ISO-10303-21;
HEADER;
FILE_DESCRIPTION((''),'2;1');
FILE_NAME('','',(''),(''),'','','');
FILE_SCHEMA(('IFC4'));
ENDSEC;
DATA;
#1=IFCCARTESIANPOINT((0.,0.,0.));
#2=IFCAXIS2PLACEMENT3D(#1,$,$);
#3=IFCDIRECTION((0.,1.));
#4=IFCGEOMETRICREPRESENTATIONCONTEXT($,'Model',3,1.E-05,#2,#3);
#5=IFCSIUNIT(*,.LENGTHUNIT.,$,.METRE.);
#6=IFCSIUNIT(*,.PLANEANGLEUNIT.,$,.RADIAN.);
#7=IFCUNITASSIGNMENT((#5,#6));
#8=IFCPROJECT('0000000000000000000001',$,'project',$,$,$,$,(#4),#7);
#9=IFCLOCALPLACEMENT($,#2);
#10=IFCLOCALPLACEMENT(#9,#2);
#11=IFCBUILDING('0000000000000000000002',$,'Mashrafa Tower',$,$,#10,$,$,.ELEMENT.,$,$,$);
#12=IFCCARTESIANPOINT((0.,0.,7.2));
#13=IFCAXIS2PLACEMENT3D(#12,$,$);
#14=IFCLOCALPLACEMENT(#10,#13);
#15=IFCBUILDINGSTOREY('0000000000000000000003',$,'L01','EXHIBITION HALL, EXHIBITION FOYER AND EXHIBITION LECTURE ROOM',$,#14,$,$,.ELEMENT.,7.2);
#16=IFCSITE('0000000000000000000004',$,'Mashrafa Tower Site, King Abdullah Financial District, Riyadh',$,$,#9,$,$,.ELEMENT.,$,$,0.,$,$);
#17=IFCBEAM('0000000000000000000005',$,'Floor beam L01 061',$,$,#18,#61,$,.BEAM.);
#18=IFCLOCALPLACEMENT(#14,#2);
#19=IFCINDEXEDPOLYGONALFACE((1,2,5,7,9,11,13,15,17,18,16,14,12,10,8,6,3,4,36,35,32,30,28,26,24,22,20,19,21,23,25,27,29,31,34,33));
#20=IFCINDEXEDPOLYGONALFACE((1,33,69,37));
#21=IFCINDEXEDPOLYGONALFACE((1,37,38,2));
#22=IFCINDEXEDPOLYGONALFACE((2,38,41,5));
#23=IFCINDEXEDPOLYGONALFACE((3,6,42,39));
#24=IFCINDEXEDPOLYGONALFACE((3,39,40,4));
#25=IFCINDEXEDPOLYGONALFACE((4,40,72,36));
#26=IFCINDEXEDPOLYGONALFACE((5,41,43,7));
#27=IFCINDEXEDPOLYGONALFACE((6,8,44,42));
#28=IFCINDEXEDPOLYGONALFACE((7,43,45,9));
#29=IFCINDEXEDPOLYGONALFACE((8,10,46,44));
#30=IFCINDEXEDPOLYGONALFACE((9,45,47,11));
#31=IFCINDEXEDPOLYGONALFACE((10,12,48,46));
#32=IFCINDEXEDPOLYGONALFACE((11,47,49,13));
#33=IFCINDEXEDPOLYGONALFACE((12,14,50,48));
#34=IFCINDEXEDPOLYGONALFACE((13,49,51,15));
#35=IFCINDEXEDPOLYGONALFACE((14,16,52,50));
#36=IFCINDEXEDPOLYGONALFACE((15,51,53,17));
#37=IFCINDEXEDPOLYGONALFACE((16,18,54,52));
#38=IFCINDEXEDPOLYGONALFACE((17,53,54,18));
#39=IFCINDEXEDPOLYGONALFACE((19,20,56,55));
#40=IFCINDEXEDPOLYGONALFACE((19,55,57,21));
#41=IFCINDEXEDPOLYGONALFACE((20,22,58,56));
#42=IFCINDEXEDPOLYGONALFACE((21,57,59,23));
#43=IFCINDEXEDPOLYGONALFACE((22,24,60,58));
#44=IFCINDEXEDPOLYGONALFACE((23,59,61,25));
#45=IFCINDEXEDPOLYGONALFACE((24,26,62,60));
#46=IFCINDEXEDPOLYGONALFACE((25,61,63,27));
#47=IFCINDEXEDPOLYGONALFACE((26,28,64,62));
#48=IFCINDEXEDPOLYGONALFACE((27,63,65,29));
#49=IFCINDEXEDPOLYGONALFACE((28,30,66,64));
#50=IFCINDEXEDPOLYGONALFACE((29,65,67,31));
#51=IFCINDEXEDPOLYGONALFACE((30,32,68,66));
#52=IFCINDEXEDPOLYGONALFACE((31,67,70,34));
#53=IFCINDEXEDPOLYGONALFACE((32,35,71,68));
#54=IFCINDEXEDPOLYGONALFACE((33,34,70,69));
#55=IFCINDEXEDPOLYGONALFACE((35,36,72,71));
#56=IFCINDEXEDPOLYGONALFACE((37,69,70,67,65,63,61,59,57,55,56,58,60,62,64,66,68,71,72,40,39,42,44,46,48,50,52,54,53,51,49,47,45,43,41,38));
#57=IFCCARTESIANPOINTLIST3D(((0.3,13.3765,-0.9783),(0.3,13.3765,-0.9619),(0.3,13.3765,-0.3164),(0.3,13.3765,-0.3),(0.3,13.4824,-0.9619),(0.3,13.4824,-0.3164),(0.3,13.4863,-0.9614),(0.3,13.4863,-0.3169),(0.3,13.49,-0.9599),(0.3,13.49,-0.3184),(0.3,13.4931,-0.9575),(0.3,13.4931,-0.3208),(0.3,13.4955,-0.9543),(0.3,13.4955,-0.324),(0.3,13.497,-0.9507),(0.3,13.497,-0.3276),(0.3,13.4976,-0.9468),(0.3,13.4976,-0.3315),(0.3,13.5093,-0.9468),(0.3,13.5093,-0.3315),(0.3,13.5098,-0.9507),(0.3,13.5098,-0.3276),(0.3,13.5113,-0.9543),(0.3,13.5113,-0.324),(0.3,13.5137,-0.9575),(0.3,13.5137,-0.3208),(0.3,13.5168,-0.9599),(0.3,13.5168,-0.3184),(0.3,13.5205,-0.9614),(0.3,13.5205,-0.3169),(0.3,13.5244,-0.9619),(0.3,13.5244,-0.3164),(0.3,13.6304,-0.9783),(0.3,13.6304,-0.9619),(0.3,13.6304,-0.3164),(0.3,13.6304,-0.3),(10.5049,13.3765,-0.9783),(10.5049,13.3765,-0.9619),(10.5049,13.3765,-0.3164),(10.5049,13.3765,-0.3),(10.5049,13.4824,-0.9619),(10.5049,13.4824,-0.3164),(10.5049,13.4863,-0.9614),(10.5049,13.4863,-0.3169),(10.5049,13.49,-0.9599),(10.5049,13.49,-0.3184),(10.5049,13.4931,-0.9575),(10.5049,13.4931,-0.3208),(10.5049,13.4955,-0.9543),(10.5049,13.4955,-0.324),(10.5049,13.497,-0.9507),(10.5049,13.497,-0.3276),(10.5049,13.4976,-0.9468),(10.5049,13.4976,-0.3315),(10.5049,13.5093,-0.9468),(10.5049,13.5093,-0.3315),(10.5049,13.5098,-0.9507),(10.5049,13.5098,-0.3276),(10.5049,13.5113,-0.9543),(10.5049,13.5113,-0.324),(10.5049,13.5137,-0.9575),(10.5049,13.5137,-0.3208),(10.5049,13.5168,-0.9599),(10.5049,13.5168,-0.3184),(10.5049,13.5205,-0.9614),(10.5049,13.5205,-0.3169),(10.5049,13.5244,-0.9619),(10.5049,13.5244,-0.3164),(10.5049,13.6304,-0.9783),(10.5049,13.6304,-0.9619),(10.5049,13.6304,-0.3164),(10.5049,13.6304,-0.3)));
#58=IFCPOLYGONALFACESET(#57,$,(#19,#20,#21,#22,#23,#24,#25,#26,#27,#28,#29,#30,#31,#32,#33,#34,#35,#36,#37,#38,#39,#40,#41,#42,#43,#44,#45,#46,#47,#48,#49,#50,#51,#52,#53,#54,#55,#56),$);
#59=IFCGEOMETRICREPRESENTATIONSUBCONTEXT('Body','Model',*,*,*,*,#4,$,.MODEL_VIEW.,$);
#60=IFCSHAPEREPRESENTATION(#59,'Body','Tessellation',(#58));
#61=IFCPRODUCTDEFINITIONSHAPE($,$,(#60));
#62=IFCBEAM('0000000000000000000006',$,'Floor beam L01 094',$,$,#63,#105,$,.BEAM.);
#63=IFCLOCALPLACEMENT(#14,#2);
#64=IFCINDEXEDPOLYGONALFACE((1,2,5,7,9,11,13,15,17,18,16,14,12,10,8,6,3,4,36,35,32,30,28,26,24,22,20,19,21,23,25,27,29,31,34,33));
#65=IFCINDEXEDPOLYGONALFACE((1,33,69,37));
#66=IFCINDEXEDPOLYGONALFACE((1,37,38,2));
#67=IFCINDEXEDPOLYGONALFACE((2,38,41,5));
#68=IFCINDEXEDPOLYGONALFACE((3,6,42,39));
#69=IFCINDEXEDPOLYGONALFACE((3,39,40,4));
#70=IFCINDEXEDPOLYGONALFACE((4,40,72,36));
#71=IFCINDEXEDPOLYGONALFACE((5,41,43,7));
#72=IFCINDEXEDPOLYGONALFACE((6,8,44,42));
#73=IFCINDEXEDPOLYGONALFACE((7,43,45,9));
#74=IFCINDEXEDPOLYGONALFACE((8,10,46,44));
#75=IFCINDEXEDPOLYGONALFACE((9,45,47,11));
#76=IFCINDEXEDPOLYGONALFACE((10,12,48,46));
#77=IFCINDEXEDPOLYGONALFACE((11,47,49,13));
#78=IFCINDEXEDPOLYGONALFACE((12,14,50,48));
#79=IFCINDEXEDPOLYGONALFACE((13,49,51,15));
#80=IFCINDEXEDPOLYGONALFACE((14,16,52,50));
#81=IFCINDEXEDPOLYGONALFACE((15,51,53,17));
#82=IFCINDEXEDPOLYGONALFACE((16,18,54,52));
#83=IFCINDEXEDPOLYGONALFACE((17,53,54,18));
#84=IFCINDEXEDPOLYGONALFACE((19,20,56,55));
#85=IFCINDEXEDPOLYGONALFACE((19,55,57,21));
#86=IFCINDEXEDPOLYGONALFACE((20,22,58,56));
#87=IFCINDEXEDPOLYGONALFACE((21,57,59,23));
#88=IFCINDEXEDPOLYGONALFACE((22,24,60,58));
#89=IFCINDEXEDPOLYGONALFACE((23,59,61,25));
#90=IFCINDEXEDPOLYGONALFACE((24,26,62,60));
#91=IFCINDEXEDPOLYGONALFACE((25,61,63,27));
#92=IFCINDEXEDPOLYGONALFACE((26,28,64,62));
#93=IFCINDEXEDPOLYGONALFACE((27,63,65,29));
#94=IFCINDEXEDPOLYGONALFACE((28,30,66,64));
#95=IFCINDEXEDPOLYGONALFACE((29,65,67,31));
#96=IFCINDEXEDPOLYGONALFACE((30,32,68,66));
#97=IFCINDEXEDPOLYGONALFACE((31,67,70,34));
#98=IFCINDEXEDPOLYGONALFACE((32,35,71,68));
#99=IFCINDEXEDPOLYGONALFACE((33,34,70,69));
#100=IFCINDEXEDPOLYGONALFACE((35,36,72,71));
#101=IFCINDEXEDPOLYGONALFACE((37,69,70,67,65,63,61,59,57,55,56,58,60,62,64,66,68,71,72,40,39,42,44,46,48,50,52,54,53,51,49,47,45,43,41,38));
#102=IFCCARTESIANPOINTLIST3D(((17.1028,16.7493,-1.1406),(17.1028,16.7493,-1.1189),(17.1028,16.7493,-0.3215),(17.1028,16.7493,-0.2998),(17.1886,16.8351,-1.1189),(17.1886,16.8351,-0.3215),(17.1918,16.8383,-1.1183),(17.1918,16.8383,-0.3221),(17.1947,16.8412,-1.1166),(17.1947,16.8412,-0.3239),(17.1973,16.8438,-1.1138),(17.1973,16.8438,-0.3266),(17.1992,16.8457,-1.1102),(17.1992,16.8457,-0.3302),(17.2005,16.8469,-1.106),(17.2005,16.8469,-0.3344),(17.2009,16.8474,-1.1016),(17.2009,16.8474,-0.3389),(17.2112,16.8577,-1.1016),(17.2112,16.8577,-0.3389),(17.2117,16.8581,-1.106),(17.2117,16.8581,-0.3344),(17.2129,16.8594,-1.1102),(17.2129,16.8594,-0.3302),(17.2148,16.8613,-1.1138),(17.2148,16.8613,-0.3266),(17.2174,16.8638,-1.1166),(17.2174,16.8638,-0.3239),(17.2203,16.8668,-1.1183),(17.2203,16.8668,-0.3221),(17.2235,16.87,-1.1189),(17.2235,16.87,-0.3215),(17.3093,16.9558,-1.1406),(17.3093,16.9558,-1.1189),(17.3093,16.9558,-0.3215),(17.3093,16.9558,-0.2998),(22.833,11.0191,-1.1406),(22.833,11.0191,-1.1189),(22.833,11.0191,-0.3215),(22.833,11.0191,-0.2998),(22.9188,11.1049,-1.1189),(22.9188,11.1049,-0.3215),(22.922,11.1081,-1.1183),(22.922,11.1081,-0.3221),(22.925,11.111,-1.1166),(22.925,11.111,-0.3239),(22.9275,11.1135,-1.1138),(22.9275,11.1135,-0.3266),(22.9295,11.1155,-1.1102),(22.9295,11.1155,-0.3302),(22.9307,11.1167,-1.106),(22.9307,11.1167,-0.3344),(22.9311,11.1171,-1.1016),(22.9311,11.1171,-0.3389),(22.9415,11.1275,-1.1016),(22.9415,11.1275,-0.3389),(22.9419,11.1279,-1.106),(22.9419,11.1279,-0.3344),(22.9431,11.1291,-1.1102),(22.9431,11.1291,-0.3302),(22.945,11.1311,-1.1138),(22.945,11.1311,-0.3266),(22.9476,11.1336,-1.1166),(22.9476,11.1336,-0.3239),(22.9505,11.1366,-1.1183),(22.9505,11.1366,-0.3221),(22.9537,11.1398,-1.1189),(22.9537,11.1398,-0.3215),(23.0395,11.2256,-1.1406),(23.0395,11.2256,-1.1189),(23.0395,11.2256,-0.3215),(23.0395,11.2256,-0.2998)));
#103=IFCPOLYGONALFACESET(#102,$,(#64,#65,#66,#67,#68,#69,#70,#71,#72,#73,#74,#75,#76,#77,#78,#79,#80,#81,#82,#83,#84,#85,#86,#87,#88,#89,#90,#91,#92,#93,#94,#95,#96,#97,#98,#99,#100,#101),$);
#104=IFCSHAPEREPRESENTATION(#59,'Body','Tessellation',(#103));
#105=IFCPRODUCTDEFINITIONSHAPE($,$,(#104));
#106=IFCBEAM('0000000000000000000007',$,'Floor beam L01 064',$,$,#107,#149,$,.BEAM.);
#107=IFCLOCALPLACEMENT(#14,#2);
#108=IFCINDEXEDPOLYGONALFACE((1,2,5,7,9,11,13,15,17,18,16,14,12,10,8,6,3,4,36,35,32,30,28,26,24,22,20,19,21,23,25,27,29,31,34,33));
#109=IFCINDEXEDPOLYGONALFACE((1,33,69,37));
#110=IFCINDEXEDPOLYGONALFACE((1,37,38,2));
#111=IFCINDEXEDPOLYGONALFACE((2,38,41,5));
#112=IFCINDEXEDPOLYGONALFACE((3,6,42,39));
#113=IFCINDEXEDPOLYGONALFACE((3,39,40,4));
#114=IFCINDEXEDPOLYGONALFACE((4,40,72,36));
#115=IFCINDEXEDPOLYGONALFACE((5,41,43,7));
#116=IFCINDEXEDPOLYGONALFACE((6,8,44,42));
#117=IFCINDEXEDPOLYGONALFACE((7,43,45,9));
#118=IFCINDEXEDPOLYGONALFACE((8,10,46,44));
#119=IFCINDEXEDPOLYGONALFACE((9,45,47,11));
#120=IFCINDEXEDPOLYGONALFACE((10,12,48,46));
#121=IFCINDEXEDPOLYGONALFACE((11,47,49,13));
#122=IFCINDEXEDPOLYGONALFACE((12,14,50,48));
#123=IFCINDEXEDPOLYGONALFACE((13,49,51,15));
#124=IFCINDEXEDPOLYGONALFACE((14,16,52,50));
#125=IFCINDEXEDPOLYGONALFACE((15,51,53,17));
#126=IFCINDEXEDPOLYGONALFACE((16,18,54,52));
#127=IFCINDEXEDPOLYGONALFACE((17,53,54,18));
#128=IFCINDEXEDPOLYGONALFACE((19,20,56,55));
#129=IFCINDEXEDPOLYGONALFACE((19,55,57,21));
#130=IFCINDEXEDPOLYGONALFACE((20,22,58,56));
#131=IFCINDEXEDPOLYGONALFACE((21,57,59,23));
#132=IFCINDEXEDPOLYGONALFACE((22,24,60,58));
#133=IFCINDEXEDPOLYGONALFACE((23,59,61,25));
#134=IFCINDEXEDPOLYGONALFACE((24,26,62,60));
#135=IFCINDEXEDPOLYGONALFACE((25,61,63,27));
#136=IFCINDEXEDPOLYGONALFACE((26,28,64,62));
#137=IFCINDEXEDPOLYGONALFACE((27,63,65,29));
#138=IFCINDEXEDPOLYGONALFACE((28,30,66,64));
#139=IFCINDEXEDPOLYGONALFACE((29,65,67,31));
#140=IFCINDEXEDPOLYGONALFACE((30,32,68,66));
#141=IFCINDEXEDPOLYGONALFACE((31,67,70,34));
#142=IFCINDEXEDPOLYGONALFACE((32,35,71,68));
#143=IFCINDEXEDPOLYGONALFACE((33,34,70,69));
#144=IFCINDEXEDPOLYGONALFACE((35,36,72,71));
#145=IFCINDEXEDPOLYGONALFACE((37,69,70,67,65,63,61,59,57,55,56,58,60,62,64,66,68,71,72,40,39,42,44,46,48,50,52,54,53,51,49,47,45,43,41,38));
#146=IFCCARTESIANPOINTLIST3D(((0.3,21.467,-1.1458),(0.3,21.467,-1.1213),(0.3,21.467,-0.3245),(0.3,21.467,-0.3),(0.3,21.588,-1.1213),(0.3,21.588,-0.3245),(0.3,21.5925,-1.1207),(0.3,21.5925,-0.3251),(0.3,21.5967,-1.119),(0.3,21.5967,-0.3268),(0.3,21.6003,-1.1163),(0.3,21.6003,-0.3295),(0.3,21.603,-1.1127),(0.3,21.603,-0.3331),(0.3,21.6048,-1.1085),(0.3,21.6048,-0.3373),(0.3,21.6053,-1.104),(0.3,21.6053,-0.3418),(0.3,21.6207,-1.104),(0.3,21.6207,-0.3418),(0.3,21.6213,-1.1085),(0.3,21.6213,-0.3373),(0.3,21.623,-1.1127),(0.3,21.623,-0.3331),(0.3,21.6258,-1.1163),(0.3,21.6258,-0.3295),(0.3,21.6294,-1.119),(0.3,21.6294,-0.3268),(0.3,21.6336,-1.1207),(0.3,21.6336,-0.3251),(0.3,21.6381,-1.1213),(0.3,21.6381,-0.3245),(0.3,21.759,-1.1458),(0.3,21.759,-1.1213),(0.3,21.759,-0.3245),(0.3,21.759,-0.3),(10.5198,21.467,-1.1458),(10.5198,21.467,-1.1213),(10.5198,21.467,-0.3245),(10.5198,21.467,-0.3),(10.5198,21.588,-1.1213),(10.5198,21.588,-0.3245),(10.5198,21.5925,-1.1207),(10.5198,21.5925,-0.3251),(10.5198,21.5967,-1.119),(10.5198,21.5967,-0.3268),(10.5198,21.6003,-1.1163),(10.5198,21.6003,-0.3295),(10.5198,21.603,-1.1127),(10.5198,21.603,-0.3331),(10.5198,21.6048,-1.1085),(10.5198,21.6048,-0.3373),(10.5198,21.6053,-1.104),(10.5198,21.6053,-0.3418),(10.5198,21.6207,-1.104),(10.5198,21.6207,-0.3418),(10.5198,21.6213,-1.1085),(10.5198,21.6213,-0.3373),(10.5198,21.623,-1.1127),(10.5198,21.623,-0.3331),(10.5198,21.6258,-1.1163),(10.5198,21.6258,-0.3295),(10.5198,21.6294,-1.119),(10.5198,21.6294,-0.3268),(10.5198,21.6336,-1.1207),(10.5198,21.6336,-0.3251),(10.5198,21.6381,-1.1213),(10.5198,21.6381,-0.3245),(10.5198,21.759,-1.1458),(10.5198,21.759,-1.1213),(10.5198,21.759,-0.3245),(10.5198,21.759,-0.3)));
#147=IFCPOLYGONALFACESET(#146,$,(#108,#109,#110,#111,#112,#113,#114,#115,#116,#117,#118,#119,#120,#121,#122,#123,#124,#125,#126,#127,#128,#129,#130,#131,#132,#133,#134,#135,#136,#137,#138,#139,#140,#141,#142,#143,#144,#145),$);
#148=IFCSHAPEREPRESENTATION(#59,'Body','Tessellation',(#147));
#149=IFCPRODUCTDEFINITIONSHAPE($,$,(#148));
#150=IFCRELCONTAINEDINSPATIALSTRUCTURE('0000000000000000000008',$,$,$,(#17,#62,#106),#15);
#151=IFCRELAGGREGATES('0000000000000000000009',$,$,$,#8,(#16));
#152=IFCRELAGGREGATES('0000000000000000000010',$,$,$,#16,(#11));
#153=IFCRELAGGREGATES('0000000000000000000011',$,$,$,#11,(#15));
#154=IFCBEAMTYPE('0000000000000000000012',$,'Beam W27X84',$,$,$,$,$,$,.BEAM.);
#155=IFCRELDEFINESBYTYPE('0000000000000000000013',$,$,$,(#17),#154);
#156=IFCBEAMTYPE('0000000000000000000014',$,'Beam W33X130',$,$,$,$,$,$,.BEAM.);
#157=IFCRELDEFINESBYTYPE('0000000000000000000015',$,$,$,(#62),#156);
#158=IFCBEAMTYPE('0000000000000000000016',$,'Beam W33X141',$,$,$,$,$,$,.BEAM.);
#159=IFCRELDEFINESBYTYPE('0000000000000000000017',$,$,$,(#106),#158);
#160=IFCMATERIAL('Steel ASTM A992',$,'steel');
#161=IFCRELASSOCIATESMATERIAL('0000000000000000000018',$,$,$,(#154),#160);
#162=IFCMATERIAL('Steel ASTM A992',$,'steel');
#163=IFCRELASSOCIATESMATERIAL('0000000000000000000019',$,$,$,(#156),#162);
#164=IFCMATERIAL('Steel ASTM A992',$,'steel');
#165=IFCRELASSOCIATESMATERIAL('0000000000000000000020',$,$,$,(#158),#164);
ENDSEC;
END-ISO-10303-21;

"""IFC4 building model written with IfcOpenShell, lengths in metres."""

from ifc_helpers import new_model, si_unit, direction, frame, origin, origin_2d, place, context, subcontext, project, spatial, i_section, extrude, material, material_profile, profile_set, type_object, element, save


model = new_model("IFC4")

# Units and contexts
model_context = context("Model", 3, precision=1e-05, world=origin(), true_north=direction((0.0, 1.0)))
body_context = subcontext(model_context, "Body", "Model", "MODEL_VIEW")
ifc_project = project(units=[si_unit("LENGTHUNIT", "METRE"), si_unit("PLANEANGLEUNIT", "RADIAN")], contexts=[model_context])

# Site, building, storey
site_placement = place(None, origin())
site = spatial("IfcSite", under=ifc_project, at=site_placement, Name="Mashrafa Tower Site, King Abdullah Financial District, Riyadh", CompositionType="ELEMENT", RefElevation=0.0)
building_placement = place(site_placement, origin())
building = spatial("IfcBuilding", under=site, at=building_placement, Name="Mashrafa Tower", CompositionType="ELEMENT")
storey_placement = place(building_placement, frame((0.0, 0.0, 7.2)))
storey = spatial("IfcBuildingStorey", under=building, at=storey_placement, Name="L01", Description="EXHIBITION HALL, EXHIBITION FOYER AND EXHIBITION LECTURE ROOM", CompositionType="ELEMENT", Elevation=7.2)

# Beams
ifc_material_1 = material(Name="Steel ASTM A992", Category="steel")
ifc_material_profile_1 = material_profile(ifc_material_1, i_section(OverallWidth=0.2539, OverallDepth=0.6782, WebThickness=0.0117, FlangeThickness=0.0164, FilletRadius=0.0151, at=origin_2d()), Name="W27X84")
ifc_profile_set_1 = profile_set([ifc_material_profile_1], Name="Steel ASTM A992")
beam_type_1 = type_object("IfcBeamType", Name="Beam W27X84", PredefinedType="BEAM", material=ifc_profile_set_1)
beam_1_placement = place(storey_placement, frame((0.3, 13.5034, -0.6392), z_axis=(1.0, 0.0, 0.0), x_axis=(0.0, 1.0, 0.0)))
element("IfcBeam", 1, at=beam_1_placement, inside=storey, type_object=beam_type_1, Name="Floor beam L01 061", PredefinedType="BEAM", context=body_context, shape_type="SweptSolid", body=[
    extrude(i_section(OverallWidth=0.2539, OverallDepth=0.6782, WebThickness=0.0117, FlangeThickness=0.0164, FilletRadius=0.0151, at=origin_2d()), origin(), (0.0, 0.0, 1.0), 10.2048),
])
ifc_material_2 = material(Name="Steel ASTM A992", Category="steel")
ifc_material_profile_2 = material_profile(ifc_material_2, i_section(OverallWidth=0.292, OverallDepth=0.8408, WebThickness=0.0146, FlangeThickness=0.0217, FilletRadius=0.0173, at=origin_2d()), Name="W33X130")
ifc_profile_set_2 = profile_set([ifc_material_profile_2], Name="Steel ASTM A992")
beam_type_2 = type_object("IfcBeamType", Name="Beam W33X130", PredefinedType="BEAM", material=ifc_profile_set_2)
beam_2_placement = place(storey_placement, frame((17.2061, 16.8525, -0.7202), z_axis=(0.707107, -0.707107, 0.0), x_axis=(0.707107, 0.707107, 0.0)))
element("IfcBeam", 2, at=beam_2_placement, inside=storey, type_object=beam_type_2, Name="Floor beam L01 094", PredefinedType="BEAM", context=body_context, shape_type="SweptSolid", body=[
    extrude(i_section(OverallWidth=0.292, OverallDepth=0.8408, WebThickness=0.0146, FlangeThickness=0.0217, FilletRadius=0.0173, at=origin_2d()), origin(), (0.0, 0.0, 1.0), 8.1038),
])
ifc_material_3 = material(Name="Steel ASTM A992", Category="steel")
ifc_material_profile_3 = material_profile(ifc_material_3, i_section(OverallWidth=0.292, OverallDepth=0.8457, WebThickness=0.0154, FlangeThickness=0.0244, FilletRadius=0.0173, at=origin_2d()), Name="W33X141")
ifc_profile_set_3 = profile_set([ifc_material_profile_3], Name="Steel ASTM A992")
beam_type_3 = type_object("IfcBeamType", Name="Beam W33X141", PredefinedType="BEAM", material=ifc_profile_set_3)
beam_3_placement = place(storey_placement, frame((0.3, 21.613, -0.7229), z_axis=(1.0, 0.0, 0.0), x_axis=(0.0, 1.0, 0.0)))
element("IfcBeam", 3, at=beam_3_placement, inside=storey, type_object=beam_type_3, Name="Floor beam L01 064", PredefinedType="BEAM", context=body_context, shape_type="SweptSolid", body=[
    extrude(i_section(OverallWidth=0.292, OverallDepth=0.8457, WebThickness=0.0154, FlangeThickness=0.0244, FilletRadius=0.0173, at=origin_2d()), origin(), (0.0, 0.0, 1.0), 10.2197),
])

save(model, "model.ifc")
